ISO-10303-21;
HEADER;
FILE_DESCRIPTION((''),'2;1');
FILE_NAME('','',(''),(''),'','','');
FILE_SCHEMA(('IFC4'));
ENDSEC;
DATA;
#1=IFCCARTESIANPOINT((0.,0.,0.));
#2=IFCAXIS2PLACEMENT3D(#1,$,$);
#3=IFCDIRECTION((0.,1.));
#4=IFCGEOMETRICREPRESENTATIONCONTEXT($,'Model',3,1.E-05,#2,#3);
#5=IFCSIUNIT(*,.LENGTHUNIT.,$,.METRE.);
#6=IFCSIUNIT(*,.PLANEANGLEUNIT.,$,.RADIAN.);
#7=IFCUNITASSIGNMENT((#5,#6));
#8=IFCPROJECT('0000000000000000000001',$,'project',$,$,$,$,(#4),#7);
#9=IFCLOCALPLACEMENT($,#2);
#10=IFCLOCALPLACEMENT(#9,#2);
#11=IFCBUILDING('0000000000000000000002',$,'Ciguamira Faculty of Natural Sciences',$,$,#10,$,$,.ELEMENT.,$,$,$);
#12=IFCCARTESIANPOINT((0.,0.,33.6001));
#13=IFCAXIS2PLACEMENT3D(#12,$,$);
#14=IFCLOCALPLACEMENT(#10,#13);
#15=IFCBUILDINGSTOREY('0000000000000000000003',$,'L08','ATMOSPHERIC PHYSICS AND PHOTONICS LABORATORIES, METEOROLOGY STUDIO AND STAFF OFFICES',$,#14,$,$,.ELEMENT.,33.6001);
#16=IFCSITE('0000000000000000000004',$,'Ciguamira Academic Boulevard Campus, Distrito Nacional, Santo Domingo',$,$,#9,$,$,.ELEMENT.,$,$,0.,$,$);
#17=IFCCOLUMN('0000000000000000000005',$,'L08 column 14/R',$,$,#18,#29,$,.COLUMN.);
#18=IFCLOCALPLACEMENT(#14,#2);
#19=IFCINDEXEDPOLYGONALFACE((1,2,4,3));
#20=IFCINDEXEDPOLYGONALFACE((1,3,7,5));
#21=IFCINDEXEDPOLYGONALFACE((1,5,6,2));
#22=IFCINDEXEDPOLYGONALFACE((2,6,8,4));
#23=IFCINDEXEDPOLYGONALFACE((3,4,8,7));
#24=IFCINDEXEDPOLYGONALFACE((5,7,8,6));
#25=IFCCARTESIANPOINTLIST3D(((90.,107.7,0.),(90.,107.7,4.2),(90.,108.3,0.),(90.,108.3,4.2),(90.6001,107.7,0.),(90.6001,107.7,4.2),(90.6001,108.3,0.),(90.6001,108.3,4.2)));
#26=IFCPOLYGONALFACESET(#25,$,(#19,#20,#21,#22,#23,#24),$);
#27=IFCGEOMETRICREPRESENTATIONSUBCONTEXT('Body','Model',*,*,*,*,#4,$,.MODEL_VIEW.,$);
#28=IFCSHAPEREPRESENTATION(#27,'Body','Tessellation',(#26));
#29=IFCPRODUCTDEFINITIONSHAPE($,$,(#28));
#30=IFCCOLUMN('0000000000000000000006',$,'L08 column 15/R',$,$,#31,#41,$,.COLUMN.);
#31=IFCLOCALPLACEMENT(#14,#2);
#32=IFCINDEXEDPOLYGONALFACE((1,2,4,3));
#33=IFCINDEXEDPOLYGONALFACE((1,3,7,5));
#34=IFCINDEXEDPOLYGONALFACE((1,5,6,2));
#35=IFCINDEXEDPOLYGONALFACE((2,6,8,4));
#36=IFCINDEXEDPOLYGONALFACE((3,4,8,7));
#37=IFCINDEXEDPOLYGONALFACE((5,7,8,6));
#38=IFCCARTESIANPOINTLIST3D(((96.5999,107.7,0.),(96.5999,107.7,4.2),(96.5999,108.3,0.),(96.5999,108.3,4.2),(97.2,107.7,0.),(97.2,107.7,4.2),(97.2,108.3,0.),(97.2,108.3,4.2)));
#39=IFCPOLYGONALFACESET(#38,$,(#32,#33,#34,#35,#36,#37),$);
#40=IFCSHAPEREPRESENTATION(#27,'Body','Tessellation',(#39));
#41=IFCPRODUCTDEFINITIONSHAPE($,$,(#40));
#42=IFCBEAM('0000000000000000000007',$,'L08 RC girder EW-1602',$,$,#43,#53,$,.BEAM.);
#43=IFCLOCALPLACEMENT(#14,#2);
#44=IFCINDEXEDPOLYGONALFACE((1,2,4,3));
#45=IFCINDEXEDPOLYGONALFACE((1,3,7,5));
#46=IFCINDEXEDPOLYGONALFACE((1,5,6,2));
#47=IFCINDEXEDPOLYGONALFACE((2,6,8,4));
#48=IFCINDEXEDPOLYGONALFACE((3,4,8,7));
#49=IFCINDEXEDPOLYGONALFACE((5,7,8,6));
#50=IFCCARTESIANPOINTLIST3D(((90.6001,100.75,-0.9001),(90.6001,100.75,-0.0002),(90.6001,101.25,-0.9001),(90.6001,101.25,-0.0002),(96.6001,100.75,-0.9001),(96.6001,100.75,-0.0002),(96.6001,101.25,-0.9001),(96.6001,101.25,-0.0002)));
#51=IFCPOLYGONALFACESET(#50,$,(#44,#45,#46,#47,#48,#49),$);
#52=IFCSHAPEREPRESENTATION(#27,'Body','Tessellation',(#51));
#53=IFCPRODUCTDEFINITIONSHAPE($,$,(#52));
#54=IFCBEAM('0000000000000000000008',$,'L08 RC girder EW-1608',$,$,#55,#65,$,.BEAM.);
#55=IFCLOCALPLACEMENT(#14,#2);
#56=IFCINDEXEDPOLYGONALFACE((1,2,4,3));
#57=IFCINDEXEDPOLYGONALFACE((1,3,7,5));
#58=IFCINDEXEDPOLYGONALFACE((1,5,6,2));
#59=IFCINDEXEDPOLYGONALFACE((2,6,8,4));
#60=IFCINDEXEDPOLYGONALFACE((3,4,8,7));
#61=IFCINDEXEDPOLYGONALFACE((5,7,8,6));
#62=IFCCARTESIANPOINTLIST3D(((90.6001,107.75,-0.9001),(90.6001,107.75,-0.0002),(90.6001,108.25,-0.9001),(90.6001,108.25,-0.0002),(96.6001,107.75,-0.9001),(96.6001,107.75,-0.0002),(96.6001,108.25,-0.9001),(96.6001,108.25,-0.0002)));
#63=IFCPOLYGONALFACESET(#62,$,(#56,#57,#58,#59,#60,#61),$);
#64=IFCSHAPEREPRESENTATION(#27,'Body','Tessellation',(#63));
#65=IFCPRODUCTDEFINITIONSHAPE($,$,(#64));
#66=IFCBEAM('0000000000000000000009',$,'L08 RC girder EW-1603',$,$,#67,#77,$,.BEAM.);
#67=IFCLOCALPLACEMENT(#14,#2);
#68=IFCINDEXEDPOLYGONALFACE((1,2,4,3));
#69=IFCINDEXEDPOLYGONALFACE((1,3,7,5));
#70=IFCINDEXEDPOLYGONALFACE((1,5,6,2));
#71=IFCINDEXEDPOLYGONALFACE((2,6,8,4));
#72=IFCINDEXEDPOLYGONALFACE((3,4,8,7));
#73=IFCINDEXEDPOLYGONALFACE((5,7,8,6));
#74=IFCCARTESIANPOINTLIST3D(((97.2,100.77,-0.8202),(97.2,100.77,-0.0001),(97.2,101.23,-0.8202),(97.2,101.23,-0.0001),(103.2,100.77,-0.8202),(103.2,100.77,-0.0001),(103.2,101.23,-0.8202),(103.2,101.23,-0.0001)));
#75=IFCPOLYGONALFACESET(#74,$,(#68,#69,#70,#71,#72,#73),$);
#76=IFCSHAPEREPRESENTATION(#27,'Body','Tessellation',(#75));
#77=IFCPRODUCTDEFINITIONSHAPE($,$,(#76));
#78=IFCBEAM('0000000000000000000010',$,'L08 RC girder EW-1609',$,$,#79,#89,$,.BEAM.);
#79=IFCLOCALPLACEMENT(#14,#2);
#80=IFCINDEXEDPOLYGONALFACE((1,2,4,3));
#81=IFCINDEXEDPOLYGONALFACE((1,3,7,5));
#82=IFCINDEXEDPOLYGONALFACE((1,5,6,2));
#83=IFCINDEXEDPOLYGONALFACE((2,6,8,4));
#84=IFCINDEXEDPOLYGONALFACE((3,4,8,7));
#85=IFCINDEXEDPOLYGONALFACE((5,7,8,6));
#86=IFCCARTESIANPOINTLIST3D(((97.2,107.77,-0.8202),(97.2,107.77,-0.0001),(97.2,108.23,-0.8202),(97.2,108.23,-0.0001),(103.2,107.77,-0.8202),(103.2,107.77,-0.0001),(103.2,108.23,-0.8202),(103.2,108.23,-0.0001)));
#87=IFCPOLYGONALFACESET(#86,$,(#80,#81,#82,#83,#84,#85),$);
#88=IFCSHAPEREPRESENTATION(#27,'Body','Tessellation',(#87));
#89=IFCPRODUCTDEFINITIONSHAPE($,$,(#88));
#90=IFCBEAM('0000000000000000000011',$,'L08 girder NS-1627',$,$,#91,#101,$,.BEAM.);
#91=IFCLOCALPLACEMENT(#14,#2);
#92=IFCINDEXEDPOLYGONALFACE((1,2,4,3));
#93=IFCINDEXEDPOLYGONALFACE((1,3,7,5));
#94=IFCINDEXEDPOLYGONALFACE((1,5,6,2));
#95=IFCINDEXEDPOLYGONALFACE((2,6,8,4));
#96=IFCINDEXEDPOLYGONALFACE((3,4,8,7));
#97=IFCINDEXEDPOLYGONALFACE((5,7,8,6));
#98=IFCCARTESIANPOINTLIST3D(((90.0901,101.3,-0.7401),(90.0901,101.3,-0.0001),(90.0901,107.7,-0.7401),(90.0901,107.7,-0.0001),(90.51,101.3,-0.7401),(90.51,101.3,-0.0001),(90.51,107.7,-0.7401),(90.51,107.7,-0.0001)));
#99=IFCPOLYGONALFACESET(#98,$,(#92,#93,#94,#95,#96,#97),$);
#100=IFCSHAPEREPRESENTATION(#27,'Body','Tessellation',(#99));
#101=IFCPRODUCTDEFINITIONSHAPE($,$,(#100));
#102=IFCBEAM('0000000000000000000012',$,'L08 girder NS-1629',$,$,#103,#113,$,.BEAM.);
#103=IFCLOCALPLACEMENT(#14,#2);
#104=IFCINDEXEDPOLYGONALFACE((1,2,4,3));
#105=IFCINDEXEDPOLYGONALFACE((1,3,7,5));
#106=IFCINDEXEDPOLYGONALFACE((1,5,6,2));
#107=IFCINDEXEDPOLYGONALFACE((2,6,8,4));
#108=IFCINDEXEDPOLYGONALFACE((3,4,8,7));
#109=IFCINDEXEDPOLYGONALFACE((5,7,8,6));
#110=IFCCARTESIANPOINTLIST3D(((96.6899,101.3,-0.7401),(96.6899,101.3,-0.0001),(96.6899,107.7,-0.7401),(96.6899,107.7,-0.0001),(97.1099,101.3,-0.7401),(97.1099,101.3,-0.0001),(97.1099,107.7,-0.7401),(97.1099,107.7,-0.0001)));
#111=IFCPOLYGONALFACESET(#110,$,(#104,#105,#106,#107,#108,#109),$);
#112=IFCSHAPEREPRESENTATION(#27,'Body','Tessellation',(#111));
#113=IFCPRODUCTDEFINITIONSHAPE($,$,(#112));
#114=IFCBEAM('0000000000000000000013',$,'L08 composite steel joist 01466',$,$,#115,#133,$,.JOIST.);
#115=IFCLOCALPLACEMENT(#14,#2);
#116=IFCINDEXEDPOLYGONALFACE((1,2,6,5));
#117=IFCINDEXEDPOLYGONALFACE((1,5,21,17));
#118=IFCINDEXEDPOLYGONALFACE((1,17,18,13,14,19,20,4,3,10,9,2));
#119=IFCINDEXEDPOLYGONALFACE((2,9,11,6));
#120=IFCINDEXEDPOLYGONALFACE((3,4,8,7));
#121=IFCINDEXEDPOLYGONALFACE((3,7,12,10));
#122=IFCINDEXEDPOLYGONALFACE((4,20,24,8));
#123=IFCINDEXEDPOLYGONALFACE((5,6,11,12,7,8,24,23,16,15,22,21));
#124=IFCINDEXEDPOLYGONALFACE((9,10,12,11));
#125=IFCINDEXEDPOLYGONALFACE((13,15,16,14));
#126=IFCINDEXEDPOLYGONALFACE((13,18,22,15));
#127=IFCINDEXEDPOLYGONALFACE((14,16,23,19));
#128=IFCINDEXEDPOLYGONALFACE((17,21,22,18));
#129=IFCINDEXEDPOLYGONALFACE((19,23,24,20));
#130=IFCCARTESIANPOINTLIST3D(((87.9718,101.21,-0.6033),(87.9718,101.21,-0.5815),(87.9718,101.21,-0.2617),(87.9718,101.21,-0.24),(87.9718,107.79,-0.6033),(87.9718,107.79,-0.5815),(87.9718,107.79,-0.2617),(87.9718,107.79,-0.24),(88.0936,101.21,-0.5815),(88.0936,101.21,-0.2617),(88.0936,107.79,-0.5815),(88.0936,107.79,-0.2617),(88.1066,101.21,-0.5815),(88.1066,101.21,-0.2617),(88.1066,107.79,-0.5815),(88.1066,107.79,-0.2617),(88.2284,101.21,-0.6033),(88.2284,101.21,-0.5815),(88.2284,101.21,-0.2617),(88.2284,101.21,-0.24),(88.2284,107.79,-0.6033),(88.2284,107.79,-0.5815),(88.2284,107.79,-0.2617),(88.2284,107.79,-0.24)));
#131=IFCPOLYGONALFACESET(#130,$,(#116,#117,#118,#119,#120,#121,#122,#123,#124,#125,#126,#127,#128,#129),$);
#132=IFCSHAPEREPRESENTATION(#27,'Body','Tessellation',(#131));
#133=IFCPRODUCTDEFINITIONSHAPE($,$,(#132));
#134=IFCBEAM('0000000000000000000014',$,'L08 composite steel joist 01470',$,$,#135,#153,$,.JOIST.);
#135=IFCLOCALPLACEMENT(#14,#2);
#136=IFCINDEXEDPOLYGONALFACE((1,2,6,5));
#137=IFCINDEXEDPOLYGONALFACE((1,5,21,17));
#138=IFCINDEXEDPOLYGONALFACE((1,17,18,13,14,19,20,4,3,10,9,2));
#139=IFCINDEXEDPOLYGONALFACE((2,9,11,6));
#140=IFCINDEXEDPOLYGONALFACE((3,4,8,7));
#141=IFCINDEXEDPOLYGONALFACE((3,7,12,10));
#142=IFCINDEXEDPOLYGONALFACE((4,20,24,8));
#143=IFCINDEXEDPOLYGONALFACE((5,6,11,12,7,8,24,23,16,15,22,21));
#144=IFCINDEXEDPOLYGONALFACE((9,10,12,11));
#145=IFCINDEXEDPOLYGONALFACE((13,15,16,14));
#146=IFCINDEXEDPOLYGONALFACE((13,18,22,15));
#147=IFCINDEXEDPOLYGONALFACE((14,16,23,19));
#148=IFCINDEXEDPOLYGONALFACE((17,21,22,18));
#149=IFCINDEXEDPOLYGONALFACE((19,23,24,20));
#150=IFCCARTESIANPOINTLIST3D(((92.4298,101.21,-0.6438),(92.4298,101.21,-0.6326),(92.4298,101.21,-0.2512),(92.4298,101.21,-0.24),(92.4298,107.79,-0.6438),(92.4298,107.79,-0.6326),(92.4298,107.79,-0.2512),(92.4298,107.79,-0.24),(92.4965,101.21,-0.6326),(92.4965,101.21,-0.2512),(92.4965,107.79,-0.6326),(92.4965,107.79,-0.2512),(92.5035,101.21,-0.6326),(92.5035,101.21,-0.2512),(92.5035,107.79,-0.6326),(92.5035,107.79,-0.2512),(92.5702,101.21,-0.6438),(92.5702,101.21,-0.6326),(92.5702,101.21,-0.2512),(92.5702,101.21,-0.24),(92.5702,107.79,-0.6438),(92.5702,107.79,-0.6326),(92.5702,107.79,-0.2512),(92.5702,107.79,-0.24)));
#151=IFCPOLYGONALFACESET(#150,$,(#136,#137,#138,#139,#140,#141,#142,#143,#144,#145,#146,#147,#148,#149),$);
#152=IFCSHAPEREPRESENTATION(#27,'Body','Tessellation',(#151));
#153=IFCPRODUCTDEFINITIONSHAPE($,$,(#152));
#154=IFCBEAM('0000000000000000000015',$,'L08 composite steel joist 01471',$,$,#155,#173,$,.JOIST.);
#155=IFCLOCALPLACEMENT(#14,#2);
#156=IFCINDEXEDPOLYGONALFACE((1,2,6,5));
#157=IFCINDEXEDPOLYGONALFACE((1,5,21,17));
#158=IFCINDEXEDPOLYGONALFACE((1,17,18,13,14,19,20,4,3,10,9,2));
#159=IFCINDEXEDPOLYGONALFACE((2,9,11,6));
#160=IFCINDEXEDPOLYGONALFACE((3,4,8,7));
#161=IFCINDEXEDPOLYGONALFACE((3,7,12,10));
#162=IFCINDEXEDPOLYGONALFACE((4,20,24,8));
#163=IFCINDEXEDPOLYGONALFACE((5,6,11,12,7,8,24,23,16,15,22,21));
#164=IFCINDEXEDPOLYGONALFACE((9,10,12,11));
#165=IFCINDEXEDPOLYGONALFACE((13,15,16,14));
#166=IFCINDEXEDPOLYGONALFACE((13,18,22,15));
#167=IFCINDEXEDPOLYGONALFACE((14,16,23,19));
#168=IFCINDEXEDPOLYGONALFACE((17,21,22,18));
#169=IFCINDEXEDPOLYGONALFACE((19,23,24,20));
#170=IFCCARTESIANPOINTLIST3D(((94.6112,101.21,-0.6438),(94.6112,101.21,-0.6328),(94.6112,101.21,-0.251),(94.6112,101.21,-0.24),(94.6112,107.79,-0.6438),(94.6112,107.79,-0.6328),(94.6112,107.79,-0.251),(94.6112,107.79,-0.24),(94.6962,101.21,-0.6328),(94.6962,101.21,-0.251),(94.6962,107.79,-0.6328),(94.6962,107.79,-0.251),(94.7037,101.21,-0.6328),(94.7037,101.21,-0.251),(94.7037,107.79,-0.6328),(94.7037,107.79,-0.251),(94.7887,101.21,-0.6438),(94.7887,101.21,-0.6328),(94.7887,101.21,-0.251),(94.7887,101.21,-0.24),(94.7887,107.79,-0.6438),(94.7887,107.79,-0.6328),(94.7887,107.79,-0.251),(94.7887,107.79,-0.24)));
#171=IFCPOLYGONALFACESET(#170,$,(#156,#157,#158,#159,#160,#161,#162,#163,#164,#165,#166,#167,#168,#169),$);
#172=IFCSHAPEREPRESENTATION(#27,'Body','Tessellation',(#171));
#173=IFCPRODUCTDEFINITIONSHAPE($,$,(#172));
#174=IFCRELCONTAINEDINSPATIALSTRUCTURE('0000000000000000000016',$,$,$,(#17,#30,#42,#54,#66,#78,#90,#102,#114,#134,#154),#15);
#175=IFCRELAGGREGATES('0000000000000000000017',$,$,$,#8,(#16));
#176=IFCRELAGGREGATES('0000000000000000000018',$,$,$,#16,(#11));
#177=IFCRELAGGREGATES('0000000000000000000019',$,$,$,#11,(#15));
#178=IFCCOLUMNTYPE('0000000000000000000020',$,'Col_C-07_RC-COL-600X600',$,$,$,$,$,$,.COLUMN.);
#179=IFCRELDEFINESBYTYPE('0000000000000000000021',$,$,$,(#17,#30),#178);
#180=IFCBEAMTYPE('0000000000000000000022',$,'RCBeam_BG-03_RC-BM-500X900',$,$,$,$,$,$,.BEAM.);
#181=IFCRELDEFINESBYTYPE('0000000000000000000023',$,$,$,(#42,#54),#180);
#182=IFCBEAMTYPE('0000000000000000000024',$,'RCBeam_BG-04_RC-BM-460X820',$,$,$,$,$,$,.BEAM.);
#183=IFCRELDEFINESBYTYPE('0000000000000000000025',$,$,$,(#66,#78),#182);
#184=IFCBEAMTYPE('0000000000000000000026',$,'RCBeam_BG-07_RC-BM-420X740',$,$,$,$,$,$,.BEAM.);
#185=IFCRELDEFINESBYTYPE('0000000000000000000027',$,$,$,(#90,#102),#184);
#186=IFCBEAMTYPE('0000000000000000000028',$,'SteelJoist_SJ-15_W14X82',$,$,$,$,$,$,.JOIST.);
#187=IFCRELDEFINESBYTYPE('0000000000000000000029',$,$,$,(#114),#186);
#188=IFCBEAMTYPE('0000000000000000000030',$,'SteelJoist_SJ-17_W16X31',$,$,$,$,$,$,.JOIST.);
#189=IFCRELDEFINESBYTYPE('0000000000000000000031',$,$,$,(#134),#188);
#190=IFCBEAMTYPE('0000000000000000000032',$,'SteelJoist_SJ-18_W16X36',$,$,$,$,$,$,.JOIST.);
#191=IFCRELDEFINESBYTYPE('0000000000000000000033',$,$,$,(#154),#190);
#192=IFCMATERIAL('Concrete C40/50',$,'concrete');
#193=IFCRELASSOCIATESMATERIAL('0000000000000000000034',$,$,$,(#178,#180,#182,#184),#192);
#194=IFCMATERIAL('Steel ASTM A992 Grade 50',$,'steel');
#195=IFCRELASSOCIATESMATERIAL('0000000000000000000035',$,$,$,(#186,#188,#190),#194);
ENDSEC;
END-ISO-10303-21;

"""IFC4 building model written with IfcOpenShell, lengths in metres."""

from ifc_helpers import new_model, si_unit, direction, frame, origin, origin_2d, place, context, subcontext, project, spatial, rectangle, i_section, extrude, material, material_profile, profile_set, type_object, element, save


model = new_model("IFC4")

# Units and contexts
model_context = context("Model", 3, precision=1e-05, world=origin(), true_north=direction((0.0, 1.0)))
body_context = subcontext(model_context, "Body", "Model", "MODEL_VIEW")
ifc_project = project(units=[si_unit("LENGTHUNIT", "METRE"), si_unit("PLANEANGLEUNIT", "RADIAN")], contexts=[model_context])

# Site, building, storey
site_placement = place(None, origin())
site = spatial("IfcSite", under=ifc_project, at=site_placement, Name="Ciguamira Academic Boulevard Campus, Distrito Nacional, Santo Domingo", CompositionType="ELEMENT", RefElevation=0.0)
building_placement = place(site_placement, origin())
building = spatial("IfcBuilding", under=site, at=building_placement, Name="Ciguamira Faculty of Natural Sciences", CompositionType="ELEMENT")
storey_placement = place(building_placement, frame((0.0, 0.0, 33.6001)))
storey = spatial("IfcBuildingStorey", under=building, at=storey_placement, Name="L08", Description="ATMOSPHERIC PHYSICS AND PHOTONICS LABORATORIES, METEOROLOGY STUDIO AND STAFF OFFICES", CompositionType="ELEMENT", Elevation=33.6001)

# Columns
ifc_material_1 = material(Name="Concrete C40/50", Category="concrete")
ifc_material_profile_1 = material_profile(ifc_material_1, rectangle(XDim=0.6001, YDim=0.6001, at=origin_2d()), Name="RC-COL-600X600")
ifc_profile_set_1 = profile_set([ifc_material_profile_1], Name="Concrete C40/50")
column_type = type_object("IfcColumnType", Name="Col_C-07_RC-COL-600X600", PredefinedType="COLUMN", material=ifc_profile_set_1)
for number, where, z_axis, x_axis, name in (
    (1, (90.3, 108.0, 0.0), (0.0, 0.0, 1.0), (1.0, 0.0, 0.0), "L08 column 14/R"),
    (2, (96.8999, 108.0, 0.0), (0.0, 0.0, 1.0), (1.0, 0.0, 0.0), "L08 column 15/R"),
):
    element("IfcColumn", number, at=place(storey_placement, frame(where, z_axis=z_axis, x_axis=x_axis)), inside=storey, type_object=column_type, Name=name, PredefinedType="COLUMN", context=body_context, shape_type="SweptSolid", body=[
        extrude(rectangle(XDim=0.6001, YDim=0.6001, at=origin_2d()), origin(), (0.0, 0.0, 1.0), 4.2),
    ])

# Beams
ifc_material_profile_2 = material_profile(ifc_material_1, rectangle(XDim=0.5, YDim=0.8999, at=origin_2d()), Name="RC-BM-500X900")
ifc_profile_set_2 = profile_set([ifc_material_profile_2], Name="Concrete C40/50")
beam_type_1 = type_object("IfcBeamType", Name="RCBeam_BG-03_RC-BM-500X900", PredefinedType="BEAM", material=ifc_profile_set_2)
for number, where, z_axis, x_axis, name in (
    (3, (90.6001, 101.0, -0.4502), (1.0, 0.0, 0.0), (0.0, 1.0, 0.0), "L08 RC girder EW-1602"),
    (4, (90.6001, 108.0, -0.4502), (1.0, 0.0, 0.0), (0.0, 1.0, 0.0), "L08 RC girder EW-1608"),
):
    element("IfcBeam", number, at=place(storey_placement, frame(where, z_axis=z_axis, x_axis=x_axis)), inside=storey, type_object=beam_type_1, Name=name, PredefinedType="BEAM", context=body_context, shape_type="SweptSolid", body=[
        extrude(rectangle(XDim=0.5, YDim=0.8999, at=origin_2d()), origin(), (0.0, 0.0, 1.0), 6.0),
    ])
ifc_material_profile_3 = material_profile(ifc_material_1, rectangle(XDim=0.46, YDim=0.8201, at=origin_2d()), Name="RC-BM-460X820")
ifc_profile_set_3 = profile_set([ifc_material_profile_3], Name="Concrete C40/50")
beam_type_2 = type_object("IfcBeamType", Name="RCBeam_BG-04_RC-BM-460X820", PredefinedType="BEAM", material=ifc_profile_set_3)
for number, where, z_axis, x_axis, name in (
    (5, (97.2, 101.0, -0.4102), (1.0, 0.0, 0.0), (0.0, 1.0, 0.0), "L08 RC girder EW-1603"),
    (6, (97.2, 108.0, -0.4102), (1.0, 0.0, 0.0), (0.0, 1.0, 0.0), "L08 RC girder EW-1609"),
):
    element("IfcBeam", number, at=place(storey_placement, frame(where, z_axis=z_axis, x_axis=x_axis)), inside=storey, type_object=beam_type_2, Name=name, PredefinedType="BEAM", context=body_context, shape_type="SweptSolid", body=[
        extrude(rectangle(XDim=0.46, YDim=0.8201, at=origin_2d()), origin(), (0.0, 0.0, 1.0), 6.0),
    ])
ifc_material_profile_4 = material_profile(ifc_material_1, rectangle(XDim=0.4199, YDim=0.74, at=origin_2d()), Name="RC-BM-420X740")
ifc_profile_set_4 = profile_set([ifc_material_profile_4], Name="Concrete C40/50")
beam_type_3 = type_object("IfcBeamType", Name="RCBeam_BG-07_RC-BM-420X740", PredefinedType="BEAM", material=ifc_profile_set_4)
for number, where, z_axis, x_axis, name in (
    (7, (90.3, 101.3, -0.3701), (0.0, 1.0, 0.0), (-1.0, 0.0, 0.0), "L08 girder NS-1627"),
    (8, (96.8999, 101.3, -0.3701), (0.0, 1.0, 0.0), (-1.0, 0.0, 0.0), "L08 girder NS-1629"),
):
    element("IfcBeam", number, at=place(storey_placement, frame(where, z_axis=z_axis, x_axis=x_axis)), inside=storey, type_object=beam_type_3, Name=name, PredefinedType="BEAM", context=body_context, shape_type="SweptSolid", body=[
        extrude(rectangle(XDim=0.4199, YDim=0.74, at=origin_2d()), origin(), (0.0, 0.0, 1.0), 6.3999),
    ])
ifc_material_2 = material(Name="Steel ASTM A992 Grade 50", Category="steel")
ifc_material_profile_5 = material_profile(ifc_material_2, i_section(OverallWidth=0.2566, OverallDepth=0.3633, WebThickness=0.0129, FlangeThickness=0.0217, at=origin_2d()), Name="W14X82")
ifc_profile_set_5 = profile_set([ifc_material_profile_5], Name="Steel ASTM A992 Grade 50")
beam_type_4 = type_object("IfcBeamType", Name="SteelJoist_SJ-15_W14X82", PredefinedType="JOIST", material=ifc_profile_set_5)
beam_1_placement = place(storey_placement, frame((88.1001, 101.21, -0.4216), z_axis=(0.0, 1.0, 0.0), x_axis=(-1.0, 0.0, 0.0)))
element("IfcBeam", 9, at=beam_1_placement, inside=storey, type_object=beam_type_4, Name="L08 composite steel joist 01466", PredefinedType="JOIST", context=body_context, shape_type="SweptSolid", body=[
    extrude(i_section(OverallWidth=0.2566, OverallDepth=0.3633, WebThickness=0.0129, FlangeThickness=0.0217, at=origin_2d()), origin(), (0.0, 0.0, 1.0), 6.5801),
])
ifc_material_profile_6 = material_profile(ifc_material_2, i_section(OverallWidth=0.1404, OverallDepth=0.4038, WebThickness=0.0071, FlangeThickness=0.0112, at=origin_2d()), Name="W16X31")
ifc_profile_set_6 = profile_set([ifc_material_profile_6], Name="Steel ASTM A992 Grade 50")
beam_type_5 = type_object("IfcBeamType", Name="SteelJoist_SJ-17_W16X31", PredefinedType="JOIST", material=ifc_profile_set_6)
beam_2_placement = place(storey_placement, frame((92.5, 101.21, -0.4419), z_axis=(0.0, 1.0, 0.0), x_axis=(-1.0, 0.0, 0.0)))
element("IfcBeam", 10, at=beam_2_placement, inside=storey, type_object=beam_type_5, Name="L08 composite steel joist 01470", PredefinedType="JOIST", context=body_context, shape_type="SweptSolid", body=[
    extrude(i_section(OverallWidth=0.1404, OverallDepth=0.4038, WebThickness=0.0071, FlangeThickness=0.0112, at=origin_2d()), origin(), (0.0, 0.0, 1.0), 6.5801),
])
ifc_material_profile_7 = material_profile(ifc_material_2, i_section(OverallWidth=0.1775, OverallDepth=0.4038, WebThickness=0.0076, FlangeThickness=0.011, at=origin_2d()), Name="W16X36")
ifc_profile_set_7 = profile_set([ifc_material_profile_7], Name="Steel ASTM A992 Grade 50")
beam_type_6 = type_object("IfcBeamType", Name="SteelJoist_SJ-18_W16X36", PredefinedType="JOIST", material=ifc_profile_set_7)
beam_3_placement = place(storey_placement, frame((94.7, 101.21, -0.4419), z_axis=(0.0, 1.0, 0.0), x_axis=(-1.0, 0.0, 0.0)))
element("IfcBeam", 11, at=beam_3_placement, inside=storey, type_object=beam_type_6, Name="L08 composite steel joist 01471", PredefinedType="JOIST", context=body_context, shape_type="SweptSolid", body=[
    extrude(i_section(OverallWidth=0.1775, OverallDepth=0.4038, WebThickness=0.0076, FlangeThickness=0.011, at=origin_2d()), origin(), (0.0, 0.0, 1.0), 6.5801),
])

save(model, "model.ifc")
